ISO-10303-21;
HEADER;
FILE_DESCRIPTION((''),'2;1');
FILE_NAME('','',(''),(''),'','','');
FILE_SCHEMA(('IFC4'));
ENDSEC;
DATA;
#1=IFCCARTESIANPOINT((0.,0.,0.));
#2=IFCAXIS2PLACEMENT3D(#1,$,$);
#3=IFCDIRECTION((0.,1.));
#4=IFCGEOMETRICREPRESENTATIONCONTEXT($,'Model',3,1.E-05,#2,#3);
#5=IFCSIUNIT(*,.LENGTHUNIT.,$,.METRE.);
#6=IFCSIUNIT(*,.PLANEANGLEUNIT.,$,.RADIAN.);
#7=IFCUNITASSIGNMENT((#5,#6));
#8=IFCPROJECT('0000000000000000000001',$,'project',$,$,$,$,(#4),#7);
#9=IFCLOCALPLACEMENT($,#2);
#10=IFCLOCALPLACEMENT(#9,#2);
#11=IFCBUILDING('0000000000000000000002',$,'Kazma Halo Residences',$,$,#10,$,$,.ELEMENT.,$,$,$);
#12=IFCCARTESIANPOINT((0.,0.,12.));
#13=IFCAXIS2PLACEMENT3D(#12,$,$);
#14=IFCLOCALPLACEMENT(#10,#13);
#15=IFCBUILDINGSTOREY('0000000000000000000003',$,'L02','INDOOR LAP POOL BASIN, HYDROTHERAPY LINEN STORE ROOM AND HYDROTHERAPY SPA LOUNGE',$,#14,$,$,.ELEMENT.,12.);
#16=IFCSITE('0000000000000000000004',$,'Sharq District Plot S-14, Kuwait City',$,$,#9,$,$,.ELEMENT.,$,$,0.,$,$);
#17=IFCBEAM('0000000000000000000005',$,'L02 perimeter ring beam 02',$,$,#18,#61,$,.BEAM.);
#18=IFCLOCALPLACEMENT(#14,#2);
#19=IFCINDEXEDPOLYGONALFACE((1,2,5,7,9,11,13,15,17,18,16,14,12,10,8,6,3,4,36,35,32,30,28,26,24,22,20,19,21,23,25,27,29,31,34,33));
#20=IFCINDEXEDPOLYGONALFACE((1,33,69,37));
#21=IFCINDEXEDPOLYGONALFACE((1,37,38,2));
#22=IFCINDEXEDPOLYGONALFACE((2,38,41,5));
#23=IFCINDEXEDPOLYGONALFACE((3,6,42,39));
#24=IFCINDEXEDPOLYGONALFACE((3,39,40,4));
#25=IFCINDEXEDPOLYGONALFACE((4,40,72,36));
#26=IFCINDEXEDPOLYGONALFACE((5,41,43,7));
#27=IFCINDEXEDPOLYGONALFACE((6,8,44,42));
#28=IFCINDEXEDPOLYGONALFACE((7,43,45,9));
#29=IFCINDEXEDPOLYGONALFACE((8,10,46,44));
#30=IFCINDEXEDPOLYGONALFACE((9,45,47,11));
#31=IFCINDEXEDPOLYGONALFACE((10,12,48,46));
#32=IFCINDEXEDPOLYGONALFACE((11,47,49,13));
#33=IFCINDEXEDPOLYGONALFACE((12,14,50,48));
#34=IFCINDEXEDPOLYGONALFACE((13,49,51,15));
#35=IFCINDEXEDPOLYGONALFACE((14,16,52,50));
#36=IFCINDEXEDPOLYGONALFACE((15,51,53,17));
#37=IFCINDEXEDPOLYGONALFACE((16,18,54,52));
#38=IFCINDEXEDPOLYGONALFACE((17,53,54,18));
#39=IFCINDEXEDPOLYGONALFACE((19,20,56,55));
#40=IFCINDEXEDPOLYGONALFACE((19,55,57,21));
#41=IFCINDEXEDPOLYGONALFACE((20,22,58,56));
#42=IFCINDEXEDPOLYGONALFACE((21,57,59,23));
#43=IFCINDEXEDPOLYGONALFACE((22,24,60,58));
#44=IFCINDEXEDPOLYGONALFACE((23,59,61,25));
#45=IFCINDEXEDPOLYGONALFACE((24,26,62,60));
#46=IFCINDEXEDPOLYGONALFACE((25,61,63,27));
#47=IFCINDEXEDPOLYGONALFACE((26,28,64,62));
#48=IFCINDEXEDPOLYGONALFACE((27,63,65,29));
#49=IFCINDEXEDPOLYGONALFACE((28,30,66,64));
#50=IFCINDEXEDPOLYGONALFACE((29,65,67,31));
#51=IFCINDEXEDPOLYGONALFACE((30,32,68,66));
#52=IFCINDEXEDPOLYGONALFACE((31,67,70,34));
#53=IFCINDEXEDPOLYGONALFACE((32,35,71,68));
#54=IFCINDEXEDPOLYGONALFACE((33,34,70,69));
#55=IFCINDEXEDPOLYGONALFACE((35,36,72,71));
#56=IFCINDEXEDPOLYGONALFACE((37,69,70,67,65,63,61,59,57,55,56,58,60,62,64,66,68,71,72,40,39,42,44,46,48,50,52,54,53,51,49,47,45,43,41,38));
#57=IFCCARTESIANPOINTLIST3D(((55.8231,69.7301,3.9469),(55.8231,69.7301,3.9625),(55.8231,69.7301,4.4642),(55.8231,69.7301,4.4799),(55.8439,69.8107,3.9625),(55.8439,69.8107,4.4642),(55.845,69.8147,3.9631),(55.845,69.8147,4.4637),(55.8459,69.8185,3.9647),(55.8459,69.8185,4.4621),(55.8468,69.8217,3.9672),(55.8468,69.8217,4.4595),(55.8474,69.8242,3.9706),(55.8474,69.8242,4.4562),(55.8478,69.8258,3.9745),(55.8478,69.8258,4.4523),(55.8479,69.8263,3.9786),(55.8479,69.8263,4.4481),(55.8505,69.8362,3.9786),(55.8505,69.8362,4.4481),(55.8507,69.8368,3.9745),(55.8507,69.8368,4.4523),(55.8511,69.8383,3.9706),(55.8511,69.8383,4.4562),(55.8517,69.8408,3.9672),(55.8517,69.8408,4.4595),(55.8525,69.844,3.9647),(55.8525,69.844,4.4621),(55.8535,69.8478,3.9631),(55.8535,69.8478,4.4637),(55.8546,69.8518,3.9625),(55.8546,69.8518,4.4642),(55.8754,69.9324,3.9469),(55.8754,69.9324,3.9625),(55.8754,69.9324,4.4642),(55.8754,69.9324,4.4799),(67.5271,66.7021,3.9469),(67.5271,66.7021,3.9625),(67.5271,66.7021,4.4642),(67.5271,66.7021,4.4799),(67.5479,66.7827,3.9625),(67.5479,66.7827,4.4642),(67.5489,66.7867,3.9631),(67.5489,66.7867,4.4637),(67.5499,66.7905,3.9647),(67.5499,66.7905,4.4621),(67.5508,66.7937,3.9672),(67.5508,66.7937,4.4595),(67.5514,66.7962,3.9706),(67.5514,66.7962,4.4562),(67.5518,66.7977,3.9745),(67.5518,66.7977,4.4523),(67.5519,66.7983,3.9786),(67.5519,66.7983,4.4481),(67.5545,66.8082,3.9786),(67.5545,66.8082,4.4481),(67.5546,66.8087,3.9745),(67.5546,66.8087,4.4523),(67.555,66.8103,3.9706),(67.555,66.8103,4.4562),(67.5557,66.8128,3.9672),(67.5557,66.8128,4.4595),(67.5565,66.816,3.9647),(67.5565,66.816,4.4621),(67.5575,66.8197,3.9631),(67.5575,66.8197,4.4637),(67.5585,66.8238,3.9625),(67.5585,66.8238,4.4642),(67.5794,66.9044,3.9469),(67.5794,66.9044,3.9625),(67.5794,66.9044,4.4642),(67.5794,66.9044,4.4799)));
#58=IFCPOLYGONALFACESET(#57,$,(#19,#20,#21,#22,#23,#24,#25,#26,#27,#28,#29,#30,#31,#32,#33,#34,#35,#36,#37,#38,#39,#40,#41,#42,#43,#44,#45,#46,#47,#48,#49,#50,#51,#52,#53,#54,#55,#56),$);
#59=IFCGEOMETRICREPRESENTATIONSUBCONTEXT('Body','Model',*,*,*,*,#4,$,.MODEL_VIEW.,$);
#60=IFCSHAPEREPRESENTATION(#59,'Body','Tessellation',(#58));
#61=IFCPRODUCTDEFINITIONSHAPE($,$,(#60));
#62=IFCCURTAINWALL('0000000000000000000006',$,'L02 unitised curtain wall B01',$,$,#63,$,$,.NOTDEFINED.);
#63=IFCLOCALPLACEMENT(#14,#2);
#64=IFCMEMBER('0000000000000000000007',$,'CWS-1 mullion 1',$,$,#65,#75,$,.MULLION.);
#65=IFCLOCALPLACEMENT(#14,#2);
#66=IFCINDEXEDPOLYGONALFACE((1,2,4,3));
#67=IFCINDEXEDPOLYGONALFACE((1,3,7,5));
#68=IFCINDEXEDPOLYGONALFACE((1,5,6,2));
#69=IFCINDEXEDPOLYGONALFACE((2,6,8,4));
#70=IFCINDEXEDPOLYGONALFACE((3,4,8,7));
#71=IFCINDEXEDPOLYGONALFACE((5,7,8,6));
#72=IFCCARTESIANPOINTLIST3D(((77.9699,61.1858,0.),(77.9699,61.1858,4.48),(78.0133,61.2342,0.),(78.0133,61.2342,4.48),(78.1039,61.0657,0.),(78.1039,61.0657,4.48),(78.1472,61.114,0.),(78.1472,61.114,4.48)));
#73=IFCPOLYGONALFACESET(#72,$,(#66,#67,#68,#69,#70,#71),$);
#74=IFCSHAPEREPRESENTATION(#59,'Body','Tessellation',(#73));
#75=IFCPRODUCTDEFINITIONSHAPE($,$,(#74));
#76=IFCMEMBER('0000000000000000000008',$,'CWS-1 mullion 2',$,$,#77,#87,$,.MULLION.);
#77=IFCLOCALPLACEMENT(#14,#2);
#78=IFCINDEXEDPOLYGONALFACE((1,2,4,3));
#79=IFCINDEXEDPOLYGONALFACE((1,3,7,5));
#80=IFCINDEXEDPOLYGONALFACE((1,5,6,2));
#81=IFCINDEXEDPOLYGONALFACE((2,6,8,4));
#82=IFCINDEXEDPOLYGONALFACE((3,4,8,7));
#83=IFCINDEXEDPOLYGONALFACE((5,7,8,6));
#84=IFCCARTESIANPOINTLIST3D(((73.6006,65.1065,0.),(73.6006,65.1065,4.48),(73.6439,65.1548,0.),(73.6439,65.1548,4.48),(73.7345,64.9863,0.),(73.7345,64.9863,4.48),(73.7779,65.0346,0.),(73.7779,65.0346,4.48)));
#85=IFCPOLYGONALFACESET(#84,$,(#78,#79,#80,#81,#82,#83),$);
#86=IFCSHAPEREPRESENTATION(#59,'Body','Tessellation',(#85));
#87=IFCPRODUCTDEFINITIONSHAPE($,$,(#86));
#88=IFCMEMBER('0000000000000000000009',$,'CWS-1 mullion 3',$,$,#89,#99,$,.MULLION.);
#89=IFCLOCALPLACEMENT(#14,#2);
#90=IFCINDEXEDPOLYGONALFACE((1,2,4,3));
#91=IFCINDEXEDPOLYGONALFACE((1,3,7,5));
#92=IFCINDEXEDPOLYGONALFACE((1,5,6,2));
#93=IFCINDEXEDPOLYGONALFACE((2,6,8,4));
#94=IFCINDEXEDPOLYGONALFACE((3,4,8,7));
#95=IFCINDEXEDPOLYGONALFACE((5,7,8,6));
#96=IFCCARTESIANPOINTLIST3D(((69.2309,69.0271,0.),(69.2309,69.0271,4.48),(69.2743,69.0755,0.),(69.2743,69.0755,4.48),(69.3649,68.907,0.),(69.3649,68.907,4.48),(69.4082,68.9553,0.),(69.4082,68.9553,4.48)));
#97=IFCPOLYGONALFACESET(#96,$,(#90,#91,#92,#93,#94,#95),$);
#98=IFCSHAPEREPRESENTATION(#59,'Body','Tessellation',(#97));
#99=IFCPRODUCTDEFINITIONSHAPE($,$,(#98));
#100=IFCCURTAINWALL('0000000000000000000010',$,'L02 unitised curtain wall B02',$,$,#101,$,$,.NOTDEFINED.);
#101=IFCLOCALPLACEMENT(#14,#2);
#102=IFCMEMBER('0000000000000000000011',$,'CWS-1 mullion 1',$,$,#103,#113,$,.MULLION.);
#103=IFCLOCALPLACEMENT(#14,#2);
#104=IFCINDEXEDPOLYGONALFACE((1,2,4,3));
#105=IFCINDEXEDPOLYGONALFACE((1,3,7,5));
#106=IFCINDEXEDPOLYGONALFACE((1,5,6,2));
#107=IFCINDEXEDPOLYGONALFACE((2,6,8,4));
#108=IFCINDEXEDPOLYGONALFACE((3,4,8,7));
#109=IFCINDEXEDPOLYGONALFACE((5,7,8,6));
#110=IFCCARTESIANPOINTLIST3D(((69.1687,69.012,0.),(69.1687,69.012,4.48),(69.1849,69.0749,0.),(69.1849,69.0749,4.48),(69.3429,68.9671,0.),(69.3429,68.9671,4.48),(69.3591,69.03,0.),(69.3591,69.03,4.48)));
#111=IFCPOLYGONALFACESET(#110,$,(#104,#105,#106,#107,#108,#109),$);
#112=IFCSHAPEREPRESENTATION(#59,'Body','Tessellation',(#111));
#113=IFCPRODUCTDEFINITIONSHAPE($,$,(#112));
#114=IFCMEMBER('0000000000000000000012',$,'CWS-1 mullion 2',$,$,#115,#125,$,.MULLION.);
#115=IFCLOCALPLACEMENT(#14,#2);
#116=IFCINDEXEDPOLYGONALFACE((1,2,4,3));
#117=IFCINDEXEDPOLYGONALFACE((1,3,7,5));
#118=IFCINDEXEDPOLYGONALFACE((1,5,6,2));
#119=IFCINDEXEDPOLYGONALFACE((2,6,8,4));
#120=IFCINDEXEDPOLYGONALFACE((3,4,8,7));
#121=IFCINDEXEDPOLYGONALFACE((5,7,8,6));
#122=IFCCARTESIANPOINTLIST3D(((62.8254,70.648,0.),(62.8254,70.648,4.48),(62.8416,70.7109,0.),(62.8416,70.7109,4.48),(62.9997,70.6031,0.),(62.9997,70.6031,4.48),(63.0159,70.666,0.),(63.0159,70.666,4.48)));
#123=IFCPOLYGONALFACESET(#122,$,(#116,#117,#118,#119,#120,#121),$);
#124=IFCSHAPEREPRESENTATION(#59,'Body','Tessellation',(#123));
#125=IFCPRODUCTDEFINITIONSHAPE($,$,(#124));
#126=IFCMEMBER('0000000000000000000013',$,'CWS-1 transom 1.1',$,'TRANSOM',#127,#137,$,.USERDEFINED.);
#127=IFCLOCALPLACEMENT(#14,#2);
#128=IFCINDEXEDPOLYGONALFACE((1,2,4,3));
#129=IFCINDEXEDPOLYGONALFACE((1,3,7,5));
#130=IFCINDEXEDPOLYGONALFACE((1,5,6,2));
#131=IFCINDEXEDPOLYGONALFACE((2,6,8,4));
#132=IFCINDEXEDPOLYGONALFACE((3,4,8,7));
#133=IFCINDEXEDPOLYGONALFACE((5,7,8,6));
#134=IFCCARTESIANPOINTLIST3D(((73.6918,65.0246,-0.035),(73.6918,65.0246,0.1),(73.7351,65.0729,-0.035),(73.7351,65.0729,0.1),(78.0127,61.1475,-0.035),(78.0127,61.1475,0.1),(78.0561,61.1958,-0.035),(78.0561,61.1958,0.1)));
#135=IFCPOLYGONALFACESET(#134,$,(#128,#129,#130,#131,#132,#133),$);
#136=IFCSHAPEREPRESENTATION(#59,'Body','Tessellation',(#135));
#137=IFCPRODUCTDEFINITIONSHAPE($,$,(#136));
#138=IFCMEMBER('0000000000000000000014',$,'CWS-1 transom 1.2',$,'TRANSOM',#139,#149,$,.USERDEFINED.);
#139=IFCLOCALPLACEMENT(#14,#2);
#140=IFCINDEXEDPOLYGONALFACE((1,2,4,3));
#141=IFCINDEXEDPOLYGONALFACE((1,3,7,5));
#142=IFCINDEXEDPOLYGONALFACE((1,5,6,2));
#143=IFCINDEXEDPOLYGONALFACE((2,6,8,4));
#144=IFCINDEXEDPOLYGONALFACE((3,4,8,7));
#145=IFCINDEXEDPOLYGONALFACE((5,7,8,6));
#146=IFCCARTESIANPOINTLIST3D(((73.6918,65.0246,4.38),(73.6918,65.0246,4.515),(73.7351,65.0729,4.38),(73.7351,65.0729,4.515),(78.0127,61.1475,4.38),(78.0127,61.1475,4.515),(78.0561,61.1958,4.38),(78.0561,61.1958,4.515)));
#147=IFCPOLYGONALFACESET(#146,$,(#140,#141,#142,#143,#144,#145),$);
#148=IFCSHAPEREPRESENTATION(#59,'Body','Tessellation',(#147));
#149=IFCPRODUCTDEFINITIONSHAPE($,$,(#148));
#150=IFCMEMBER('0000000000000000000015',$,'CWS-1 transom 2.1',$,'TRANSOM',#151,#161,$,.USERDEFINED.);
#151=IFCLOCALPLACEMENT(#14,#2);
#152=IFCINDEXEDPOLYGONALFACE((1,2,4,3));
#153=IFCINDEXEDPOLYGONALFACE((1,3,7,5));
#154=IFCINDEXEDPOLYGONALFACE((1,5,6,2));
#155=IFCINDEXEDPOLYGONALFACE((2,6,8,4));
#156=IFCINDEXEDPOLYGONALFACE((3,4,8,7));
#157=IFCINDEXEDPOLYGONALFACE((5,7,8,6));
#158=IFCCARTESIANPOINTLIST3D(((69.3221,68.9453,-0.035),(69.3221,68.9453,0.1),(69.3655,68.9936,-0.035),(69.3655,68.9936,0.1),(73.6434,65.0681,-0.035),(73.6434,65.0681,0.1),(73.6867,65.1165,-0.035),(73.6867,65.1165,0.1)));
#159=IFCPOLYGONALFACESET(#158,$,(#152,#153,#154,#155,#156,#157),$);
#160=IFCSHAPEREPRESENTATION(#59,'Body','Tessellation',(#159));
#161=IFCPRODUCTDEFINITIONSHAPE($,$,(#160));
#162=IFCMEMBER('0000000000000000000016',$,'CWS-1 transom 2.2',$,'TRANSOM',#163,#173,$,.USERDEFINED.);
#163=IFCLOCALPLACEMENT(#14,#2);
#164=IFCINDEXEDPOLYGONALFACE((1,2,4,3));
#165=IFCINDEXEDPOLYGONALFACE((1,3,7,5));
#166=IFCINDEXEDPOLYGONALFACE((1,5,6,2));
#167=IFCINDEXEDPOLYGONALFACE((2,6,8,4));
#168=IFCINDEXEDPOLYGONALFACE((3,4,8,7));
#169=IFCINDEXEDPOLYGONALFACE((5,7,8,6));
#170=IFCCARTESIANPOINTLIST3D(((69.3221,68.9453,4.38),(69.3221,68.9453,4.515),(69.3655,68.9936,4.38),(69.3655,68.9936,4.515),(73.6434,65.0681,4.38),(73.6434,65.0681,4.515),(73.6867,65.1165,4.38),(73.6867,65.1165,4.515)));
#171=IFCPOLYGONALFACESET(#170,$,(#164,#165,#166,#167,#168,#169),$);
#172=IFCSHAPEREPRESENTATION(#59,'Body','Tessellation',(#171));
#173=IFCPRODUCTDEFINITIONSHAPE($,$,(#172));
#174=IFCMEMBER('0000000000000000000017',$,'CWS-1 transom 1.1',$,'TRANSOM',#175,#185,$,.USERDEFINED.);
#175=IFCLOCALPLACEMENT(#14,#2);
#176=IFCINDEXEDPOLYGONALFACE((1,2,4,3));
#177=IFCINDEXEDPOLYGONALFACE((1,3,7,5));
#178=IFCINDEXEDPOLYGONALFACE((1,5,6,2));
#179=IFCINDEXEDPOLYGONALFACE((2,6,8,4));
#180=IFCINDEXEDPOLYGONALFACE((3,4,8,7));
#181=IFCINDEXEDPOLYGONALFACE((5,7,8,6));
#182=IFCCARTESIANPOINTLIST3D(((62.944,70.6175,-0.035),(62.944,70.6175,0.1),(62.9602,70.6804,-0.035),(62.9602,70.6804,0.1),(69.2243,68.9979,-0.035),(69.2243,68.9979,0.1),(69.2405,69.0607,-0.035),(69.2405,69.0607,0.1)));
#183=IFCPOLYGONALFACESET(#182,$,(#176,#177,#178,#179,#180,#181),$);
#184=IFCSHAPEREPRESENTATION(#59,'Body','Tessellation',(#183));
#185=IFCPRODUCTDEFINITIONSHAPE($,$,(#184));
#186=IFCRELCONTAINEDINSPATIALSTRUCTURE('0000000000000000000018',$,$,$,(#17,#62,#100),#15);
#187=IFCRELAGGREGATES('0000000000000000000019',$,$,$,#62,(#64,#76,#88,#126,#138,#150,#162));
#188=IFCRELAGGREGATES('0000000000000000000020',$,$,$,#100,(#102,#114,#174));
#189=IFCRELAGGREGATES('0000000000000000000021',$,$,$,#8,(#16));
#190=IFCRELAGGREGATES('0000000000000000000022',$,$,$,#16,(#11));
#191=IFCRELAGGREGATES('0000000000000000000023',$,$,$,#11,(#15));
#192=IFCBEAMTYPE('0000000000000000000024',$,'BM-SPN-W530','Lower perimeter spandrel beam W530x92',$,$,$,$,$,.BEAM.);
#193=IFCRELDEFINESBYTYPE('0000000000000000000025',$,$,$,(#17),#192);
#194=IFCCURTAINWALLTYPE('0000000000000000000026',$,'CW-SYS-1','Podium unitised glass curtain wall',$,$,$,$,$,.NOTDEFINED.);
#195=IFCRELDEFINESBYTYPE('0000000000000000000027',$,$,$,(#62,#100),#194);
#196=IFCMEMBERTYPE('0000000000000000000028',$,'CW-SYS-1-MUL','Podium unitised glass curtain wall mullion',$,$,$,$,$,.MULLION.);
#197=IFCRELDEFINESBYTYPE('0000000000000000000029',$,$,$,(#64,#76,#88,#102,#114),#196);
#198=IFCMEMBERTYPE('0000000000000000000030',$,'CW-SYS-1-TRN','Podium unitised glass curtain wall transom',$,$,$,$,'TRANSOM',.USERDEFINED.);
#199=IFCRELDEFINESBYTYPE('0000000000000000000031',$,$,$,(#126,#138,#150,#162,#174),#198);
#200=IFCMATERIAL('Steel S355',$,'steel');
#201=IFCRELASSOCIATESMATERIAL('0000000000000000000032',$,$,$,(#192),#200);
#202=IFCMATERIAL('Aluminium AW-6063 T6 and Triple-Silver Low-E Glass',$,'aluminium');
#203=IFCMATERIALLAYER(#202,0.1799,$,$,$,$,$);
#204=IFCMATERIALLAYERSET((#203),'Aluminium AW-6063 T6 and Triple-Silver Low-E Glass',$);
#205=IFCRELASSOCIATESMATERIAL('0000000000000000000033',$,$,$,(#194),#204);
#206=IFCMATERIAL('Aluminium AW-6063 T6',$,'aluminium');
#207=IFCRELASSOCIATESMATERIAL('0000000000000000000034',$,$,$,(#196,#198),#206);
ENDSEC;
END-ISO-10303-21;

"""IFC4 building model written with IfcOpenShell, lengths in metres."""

from ifc_helpers import new_model, si_unit, direction, frame, origin, origin_2d, place, context, subcontext, project, spatial, rectangle, i_section, extrude, material, layer, layer_set, material_profile, profile_set, type_object, element, aggregate, save


model = new_model("IFC4")

# Units and contexts
model_context = context("Model", 3, precision=1e-05, world=origin(), true_north=direction((0.0, 1.0)))
body_context = subcontext(model_context, "Body", "Model", "MODEL_VIEW")
ifc_project = project(units=[si_unit("LENGTHUNIT", "METRE"), si_unit("PLANEANGLEUNIT", "RADIAN")], contexts=[model_context])

# Site, building, storey
site_placement = place(None, origin())
site = spatial("IfcSite", under=ifc_project, at=site_placement, Name="Sharq District Plot S-14, Kuwait City", CompositionType="ELEMENT", RefElevation=0.0)
building_placement = place(site_placement, origin())
building = spatial("IfcBuilding", under=site, at=building_placement, Name="Kazma Halo Residences", CompositionType="ELEMENT")
storey_placement = place(building_placement, frame((0.0, 0.0, 12.0)))
storey = spatial("IfcBuildingStorey", under=building, at=storey_placement, Name="L02", Description="INDOOR LAP POOL BASIN, HYDROTHERAPY LINEN STORE ROOM AND HYDROTHERAPY SPA LOUNGE", CompositionType="ELEMENT", Elevation=12.0)

# Beam
ifc_material_1 = material(Name="Steel S355", Category="steel")
ifc_material_profile_1 = material_profile(ifc_material_1, i_section(OverallWidth=0.209, OverallDepth=0.533, WebThickness=0.0103, FlangeThickness=0.0156, FilletRadius=0.0161, at=origin_2d()), Name="W530x92")
ifc_profile_set_1 = profile_set([ifc_material_profile_1], Name="Steel S355")
beam_type_1 = type_object("IfcBeamType", Name="BM-SPN-W530", Description="Lower perimeter spandrel beam W530x92", PredefinedType="BEAM", material=ifc_profile_set_1)
beam_1_placement = place(storey_placement, frame((67.5532, 66.8032, 4.2134), z_axis=(-0.968124, 0.250472, 0.0), x_axis=(-0.250472, -0.968124, 0.0)))
element("IfcBeam", 1, at=beam_1_placement, inside=storey, type_object=beam_type_1, Name="L02 perimeter ring beam 02", PredefinedType="BEAM", context=body_context, shape_type="SweptSolid", body=[
    extrude(i_section(OverallWidth=0.209, OverallDepth=0.533, WebThickness=0.0103, FlangeThickness=0.0156, FilletRadius=0.0161, at=origin_2d()), origin(), (0.0, 0.0, 1.0), 12.0894),
])

# Curtain walls, members
ifc_material_2 = material(Name="Aluminium AW-6063 T6 and Triple-Silver Low-E Glass", Category="aluminium")
ifc_layer_1 = layer(ifc_material_2, 0.1799)
ifc_layer_set_1 = layer_set([ifc_layer_1], Name="Aluminium AW-6063 T6 and Triple-Silver Low-E Glass")
curtain_wall_type = type_object("IfcCurtainWallType", Name="CW-SYS-1", Description="Podium unitised glass curtain wall", PredefinedType="NOTDEFINED", material=ifc_layer_set_1)
curtain_wall_1_placement = place(storey_placement, origin())
curtain_wall_1 = element("IfcCurtainWall", 2, at=curtain_wall_1_placement, inside=storey, type_object=curtain_wall_type, Name="L02 unitised curtain wall B01", PredefinedType="NOTDEFINED")
ifc_material_3 = material(Name="Aluminium AW-6063 T6", Category="aluminium")
ifc_material_profile_2 = material_profile(ifc_material_3, rectangle(XDim=0.0649, YDim=0.1799, at=origin_2d()), Name="CWM-65x180")
ifc_profile_set_2 = profile_set([ifc_material_profile_2], Name="Aluminium AW-6063 T6")
member_type_1 = type_object("IfcMemberType", Name="CW-SYS-1-MUL", Description="Podium unitised glass curtain wall mullion", PredefinedType="MULLION", material=ifc_profile_set_2)
member_1_placement = place(storey_placement, frame((78.0586, 61.1499, 0.0), z_axis=(0.0, 0.0, 1.0), x_axis=(-0.667848, -0.744298, 0.0)))
member_1 = element("IfcMember", 3, at=member_1_placement, type_object=member_type_1, Name="CWS-1 mullion 1", PredefinedType="MULLION", context=body_context, shape_type="SweptSolid", body=[
    extrude(rectangle(XDim=0.0649, YDim=0.1799, at=origin_2d()), origin(), (0.0, 0.0, 1.0), 4.48),
])
member_2_placement = place(storey_placement, frame((73.6892, 65.0706, 0.0), z_axis=(0.0, 0.0, 1.0), x_axis=(-0.667848, -0.744298, 0.0)))
member_2 = element("IfcMember", 4, at=member_2_placement, type_object=member_type_1, Name="CWS-1 mullion 2", PredefinedType="MULLION", context=body_context, shape_type="SweptSolid", body=[
    extrude(rectangle(XDim=0.0649, YDim=0.1799, at=origin_2d()), origin(), (0.0, 0.0, 1.0), 4.48),
])
member_3_placement = place(storey_placement, frame((69.3196, 68.9912, 0.0), z_axis=(0.0, 0.0, 1.0), x_axis=(-0.667848, -0.744298, 0.0)))
member_3 = element("IfcMember", 5, at=member_3_placement, type_object=member_type_1, Name="CWS-1 mullion 3", PredefinedType="MULLION", context=body_context, shape_type="SweptSolid", body=[
    extrude(rectangle(XDim=0.0649, YDim=0.1799, at=origin_2d()), origin(), (0.0, 0.0, 1.0), 4.48),
])
curtain_wall_2_placement = place(storey_placement, origin())
curtain_wall_2 = element("IfcCurtainWall", 6, at=curtain_wall_2_placement, inside=storey, type_object=curtain_wall_type, Name="L02 unitised curtain wall B02", PredefinedType="NOTDEFINED")
member_4_placement = place(storey_placement, frame((69.2639, 69.021, 0.0), z_axis=(0.0, 0.0, 1.0), x_axis=(-0.249727, -0.968316, 0.0)))
member_4 = element("IfcMember", 7, at=member_4_placement, type_object=member_type_1, Name="CWS-1 mullion 1", PredefinedType="MULLION", context=body_context, shape_type="SweptSolid", body=[
    extrude(rectangle(XDim=0.0649, YDim=0.1799, at=origin_2d()), origin(), (0.0, 0.0, 1.0), 4.48),
])
member_5_placement = place(storey_placement, frame((62.9207, 70.657, 0.0), z_axis=(0.0, 0.0, 1.0), x_axis=(-0.249727, -0.968316, 0.0)))
member_5 = element("IfcMember", 8, at=member_5_placement, type_object=member_type_1, Name="CWS-1 mullion 2", PredefinedType="MULLION", context=body_context, shape_type="SweptSolid", body=[
    extrude(rectangle(XDim=0.0649, YDim=0.1799, at=origin_2d()), origin(), (0.0, 0.0, 1.0), 4.48),
])

# Members
ifc_material_profile_3 = material_profile(ifc_material_3, rectangle(XDim=0.0649, YDim=0.135, at=origin_2d()), Name="CWT-65x135")
ifc_profile_set_3 = profile_set([ifc_material_profile_3], Name="Aluminium AW-6063 T6")
member_type_2 = type_object("IfcMemberType", Name="CW-SYS-1-TRN", Description="Podium unitised glass curtain wall transom", ElementType="TRANSOM", PredefinedType="USERDEFINED", material=ifc_profile_set_3)
member_6_placement = place(storey_placement, frame((78.0344, 61.1716, 0.0325), z_axis=(-0.744299, 0.667846, 0.0), x_axis=(-0.667846, -0.744299, 0.0)))
member_6 = element("IfcMember", 9, at=member_6_placement, type_object=member_type_2, Name="CWS-1 transom 1.1", ObjectType="TRANSOM", PredefinedType="USERDEFINED", context=body_context, shape_type="SweptSolid", body=[
    extrude(rectangle(XDim=0.0649, YDim=0.135, at=origin_2d()), origin(), (0.0, 0.0, 1.0), 5.8054),
])
member_7_placement = place(storey_placement, frame((78.0344, 61.1716, 4.4475), z_axis=(-0.744299, 0.667846, 0.0), x_axis=(-0.667846, -0.744299, 0.0)))
member_7 = element("IfcMember", 10, at=member_7_placement, type_object=member_type_2, Name="CWS-1 transom 1.2", ObjectType="TRANSOM", PredefinedType="USERDEFINED", context=body_context, shape_type="SweptSolid", body=[
    extrude(rectangle(XDim=0.0649, YDim=0.135, at=origin_2d()), origin(), (0.0, 0.0, 1.0), 5.8054),
])
member_8_placement = place(storey_placement, frame((73.665, 65.0923, 0.0325), z_axis=(-0.744318, 0.667826, 0.0), x_axis=(-0.667826, -0.744318, 0.0)))
member_8 = element("IfcMember", 11, at=member_8_placement, type_object=member_type_2, Name="CWS-1 transom 2.1", ObjectType="TRANSOM", PredefinedType="USERDEFINED", context=body_context, shape_type="SweptSolid", body=[
    extrude(rectangle(XDim=0.0649, YDim=0.135, at=origin_2d()), origin(), (0.0, 0.0, 1.0), 5.8057),
])
member_9_placement = place(storey_placement, frame((73.665, 65.0923, 4.4475), z_axis=(-0.744318, 0.667826, 0.0), x_axis=(-0.667826, -0.744318, 0.0)))
member_9 = element("IfcMember", 12, at=member_9_placement, type_object=member_type_2, Name="CWS-1 transom 2.2", ObjectType="TRANSOM", PredefinedType="USERDEFINED", context=body_context, shape_type="SweptSolid", body=[
    extrude(rectangle(XDim=0.0649, YDim=0.135, at=origin_2d()), origin(), (0.0, 0.0, 1.0), 5.8057),
])
member_10_placement = place(storey_placement, frame((69.2324, 69.0293, 0.0325), z_axis=(-0.968318, 0.249721, 0.0), x_axis=(-0.249721, -0.968318, 0.0)))
member_10 = element("IfcMember", 13, at=member_10_placement, type_object=member_type_2, Name="CWS-1 transom 1.1", ObjectType="TRANSOM", PredefinedType="USERDEFINED", context=body_context, shape_type="SweptSolid", body=[
    extrude(rectangle(XDim=0.0649, YDim=0.135, at=origin_2d()), origin(), (0.0, 0.0, 1.0), 6.4858),
])

aggregate(curtain_wall_1, [member_1, member_2, member_3, member_6, member_7, member_8, member_9])
aggregate(curtain_wall_2, [member_4, member_5, member_10])

save(model, "model.ifc")
